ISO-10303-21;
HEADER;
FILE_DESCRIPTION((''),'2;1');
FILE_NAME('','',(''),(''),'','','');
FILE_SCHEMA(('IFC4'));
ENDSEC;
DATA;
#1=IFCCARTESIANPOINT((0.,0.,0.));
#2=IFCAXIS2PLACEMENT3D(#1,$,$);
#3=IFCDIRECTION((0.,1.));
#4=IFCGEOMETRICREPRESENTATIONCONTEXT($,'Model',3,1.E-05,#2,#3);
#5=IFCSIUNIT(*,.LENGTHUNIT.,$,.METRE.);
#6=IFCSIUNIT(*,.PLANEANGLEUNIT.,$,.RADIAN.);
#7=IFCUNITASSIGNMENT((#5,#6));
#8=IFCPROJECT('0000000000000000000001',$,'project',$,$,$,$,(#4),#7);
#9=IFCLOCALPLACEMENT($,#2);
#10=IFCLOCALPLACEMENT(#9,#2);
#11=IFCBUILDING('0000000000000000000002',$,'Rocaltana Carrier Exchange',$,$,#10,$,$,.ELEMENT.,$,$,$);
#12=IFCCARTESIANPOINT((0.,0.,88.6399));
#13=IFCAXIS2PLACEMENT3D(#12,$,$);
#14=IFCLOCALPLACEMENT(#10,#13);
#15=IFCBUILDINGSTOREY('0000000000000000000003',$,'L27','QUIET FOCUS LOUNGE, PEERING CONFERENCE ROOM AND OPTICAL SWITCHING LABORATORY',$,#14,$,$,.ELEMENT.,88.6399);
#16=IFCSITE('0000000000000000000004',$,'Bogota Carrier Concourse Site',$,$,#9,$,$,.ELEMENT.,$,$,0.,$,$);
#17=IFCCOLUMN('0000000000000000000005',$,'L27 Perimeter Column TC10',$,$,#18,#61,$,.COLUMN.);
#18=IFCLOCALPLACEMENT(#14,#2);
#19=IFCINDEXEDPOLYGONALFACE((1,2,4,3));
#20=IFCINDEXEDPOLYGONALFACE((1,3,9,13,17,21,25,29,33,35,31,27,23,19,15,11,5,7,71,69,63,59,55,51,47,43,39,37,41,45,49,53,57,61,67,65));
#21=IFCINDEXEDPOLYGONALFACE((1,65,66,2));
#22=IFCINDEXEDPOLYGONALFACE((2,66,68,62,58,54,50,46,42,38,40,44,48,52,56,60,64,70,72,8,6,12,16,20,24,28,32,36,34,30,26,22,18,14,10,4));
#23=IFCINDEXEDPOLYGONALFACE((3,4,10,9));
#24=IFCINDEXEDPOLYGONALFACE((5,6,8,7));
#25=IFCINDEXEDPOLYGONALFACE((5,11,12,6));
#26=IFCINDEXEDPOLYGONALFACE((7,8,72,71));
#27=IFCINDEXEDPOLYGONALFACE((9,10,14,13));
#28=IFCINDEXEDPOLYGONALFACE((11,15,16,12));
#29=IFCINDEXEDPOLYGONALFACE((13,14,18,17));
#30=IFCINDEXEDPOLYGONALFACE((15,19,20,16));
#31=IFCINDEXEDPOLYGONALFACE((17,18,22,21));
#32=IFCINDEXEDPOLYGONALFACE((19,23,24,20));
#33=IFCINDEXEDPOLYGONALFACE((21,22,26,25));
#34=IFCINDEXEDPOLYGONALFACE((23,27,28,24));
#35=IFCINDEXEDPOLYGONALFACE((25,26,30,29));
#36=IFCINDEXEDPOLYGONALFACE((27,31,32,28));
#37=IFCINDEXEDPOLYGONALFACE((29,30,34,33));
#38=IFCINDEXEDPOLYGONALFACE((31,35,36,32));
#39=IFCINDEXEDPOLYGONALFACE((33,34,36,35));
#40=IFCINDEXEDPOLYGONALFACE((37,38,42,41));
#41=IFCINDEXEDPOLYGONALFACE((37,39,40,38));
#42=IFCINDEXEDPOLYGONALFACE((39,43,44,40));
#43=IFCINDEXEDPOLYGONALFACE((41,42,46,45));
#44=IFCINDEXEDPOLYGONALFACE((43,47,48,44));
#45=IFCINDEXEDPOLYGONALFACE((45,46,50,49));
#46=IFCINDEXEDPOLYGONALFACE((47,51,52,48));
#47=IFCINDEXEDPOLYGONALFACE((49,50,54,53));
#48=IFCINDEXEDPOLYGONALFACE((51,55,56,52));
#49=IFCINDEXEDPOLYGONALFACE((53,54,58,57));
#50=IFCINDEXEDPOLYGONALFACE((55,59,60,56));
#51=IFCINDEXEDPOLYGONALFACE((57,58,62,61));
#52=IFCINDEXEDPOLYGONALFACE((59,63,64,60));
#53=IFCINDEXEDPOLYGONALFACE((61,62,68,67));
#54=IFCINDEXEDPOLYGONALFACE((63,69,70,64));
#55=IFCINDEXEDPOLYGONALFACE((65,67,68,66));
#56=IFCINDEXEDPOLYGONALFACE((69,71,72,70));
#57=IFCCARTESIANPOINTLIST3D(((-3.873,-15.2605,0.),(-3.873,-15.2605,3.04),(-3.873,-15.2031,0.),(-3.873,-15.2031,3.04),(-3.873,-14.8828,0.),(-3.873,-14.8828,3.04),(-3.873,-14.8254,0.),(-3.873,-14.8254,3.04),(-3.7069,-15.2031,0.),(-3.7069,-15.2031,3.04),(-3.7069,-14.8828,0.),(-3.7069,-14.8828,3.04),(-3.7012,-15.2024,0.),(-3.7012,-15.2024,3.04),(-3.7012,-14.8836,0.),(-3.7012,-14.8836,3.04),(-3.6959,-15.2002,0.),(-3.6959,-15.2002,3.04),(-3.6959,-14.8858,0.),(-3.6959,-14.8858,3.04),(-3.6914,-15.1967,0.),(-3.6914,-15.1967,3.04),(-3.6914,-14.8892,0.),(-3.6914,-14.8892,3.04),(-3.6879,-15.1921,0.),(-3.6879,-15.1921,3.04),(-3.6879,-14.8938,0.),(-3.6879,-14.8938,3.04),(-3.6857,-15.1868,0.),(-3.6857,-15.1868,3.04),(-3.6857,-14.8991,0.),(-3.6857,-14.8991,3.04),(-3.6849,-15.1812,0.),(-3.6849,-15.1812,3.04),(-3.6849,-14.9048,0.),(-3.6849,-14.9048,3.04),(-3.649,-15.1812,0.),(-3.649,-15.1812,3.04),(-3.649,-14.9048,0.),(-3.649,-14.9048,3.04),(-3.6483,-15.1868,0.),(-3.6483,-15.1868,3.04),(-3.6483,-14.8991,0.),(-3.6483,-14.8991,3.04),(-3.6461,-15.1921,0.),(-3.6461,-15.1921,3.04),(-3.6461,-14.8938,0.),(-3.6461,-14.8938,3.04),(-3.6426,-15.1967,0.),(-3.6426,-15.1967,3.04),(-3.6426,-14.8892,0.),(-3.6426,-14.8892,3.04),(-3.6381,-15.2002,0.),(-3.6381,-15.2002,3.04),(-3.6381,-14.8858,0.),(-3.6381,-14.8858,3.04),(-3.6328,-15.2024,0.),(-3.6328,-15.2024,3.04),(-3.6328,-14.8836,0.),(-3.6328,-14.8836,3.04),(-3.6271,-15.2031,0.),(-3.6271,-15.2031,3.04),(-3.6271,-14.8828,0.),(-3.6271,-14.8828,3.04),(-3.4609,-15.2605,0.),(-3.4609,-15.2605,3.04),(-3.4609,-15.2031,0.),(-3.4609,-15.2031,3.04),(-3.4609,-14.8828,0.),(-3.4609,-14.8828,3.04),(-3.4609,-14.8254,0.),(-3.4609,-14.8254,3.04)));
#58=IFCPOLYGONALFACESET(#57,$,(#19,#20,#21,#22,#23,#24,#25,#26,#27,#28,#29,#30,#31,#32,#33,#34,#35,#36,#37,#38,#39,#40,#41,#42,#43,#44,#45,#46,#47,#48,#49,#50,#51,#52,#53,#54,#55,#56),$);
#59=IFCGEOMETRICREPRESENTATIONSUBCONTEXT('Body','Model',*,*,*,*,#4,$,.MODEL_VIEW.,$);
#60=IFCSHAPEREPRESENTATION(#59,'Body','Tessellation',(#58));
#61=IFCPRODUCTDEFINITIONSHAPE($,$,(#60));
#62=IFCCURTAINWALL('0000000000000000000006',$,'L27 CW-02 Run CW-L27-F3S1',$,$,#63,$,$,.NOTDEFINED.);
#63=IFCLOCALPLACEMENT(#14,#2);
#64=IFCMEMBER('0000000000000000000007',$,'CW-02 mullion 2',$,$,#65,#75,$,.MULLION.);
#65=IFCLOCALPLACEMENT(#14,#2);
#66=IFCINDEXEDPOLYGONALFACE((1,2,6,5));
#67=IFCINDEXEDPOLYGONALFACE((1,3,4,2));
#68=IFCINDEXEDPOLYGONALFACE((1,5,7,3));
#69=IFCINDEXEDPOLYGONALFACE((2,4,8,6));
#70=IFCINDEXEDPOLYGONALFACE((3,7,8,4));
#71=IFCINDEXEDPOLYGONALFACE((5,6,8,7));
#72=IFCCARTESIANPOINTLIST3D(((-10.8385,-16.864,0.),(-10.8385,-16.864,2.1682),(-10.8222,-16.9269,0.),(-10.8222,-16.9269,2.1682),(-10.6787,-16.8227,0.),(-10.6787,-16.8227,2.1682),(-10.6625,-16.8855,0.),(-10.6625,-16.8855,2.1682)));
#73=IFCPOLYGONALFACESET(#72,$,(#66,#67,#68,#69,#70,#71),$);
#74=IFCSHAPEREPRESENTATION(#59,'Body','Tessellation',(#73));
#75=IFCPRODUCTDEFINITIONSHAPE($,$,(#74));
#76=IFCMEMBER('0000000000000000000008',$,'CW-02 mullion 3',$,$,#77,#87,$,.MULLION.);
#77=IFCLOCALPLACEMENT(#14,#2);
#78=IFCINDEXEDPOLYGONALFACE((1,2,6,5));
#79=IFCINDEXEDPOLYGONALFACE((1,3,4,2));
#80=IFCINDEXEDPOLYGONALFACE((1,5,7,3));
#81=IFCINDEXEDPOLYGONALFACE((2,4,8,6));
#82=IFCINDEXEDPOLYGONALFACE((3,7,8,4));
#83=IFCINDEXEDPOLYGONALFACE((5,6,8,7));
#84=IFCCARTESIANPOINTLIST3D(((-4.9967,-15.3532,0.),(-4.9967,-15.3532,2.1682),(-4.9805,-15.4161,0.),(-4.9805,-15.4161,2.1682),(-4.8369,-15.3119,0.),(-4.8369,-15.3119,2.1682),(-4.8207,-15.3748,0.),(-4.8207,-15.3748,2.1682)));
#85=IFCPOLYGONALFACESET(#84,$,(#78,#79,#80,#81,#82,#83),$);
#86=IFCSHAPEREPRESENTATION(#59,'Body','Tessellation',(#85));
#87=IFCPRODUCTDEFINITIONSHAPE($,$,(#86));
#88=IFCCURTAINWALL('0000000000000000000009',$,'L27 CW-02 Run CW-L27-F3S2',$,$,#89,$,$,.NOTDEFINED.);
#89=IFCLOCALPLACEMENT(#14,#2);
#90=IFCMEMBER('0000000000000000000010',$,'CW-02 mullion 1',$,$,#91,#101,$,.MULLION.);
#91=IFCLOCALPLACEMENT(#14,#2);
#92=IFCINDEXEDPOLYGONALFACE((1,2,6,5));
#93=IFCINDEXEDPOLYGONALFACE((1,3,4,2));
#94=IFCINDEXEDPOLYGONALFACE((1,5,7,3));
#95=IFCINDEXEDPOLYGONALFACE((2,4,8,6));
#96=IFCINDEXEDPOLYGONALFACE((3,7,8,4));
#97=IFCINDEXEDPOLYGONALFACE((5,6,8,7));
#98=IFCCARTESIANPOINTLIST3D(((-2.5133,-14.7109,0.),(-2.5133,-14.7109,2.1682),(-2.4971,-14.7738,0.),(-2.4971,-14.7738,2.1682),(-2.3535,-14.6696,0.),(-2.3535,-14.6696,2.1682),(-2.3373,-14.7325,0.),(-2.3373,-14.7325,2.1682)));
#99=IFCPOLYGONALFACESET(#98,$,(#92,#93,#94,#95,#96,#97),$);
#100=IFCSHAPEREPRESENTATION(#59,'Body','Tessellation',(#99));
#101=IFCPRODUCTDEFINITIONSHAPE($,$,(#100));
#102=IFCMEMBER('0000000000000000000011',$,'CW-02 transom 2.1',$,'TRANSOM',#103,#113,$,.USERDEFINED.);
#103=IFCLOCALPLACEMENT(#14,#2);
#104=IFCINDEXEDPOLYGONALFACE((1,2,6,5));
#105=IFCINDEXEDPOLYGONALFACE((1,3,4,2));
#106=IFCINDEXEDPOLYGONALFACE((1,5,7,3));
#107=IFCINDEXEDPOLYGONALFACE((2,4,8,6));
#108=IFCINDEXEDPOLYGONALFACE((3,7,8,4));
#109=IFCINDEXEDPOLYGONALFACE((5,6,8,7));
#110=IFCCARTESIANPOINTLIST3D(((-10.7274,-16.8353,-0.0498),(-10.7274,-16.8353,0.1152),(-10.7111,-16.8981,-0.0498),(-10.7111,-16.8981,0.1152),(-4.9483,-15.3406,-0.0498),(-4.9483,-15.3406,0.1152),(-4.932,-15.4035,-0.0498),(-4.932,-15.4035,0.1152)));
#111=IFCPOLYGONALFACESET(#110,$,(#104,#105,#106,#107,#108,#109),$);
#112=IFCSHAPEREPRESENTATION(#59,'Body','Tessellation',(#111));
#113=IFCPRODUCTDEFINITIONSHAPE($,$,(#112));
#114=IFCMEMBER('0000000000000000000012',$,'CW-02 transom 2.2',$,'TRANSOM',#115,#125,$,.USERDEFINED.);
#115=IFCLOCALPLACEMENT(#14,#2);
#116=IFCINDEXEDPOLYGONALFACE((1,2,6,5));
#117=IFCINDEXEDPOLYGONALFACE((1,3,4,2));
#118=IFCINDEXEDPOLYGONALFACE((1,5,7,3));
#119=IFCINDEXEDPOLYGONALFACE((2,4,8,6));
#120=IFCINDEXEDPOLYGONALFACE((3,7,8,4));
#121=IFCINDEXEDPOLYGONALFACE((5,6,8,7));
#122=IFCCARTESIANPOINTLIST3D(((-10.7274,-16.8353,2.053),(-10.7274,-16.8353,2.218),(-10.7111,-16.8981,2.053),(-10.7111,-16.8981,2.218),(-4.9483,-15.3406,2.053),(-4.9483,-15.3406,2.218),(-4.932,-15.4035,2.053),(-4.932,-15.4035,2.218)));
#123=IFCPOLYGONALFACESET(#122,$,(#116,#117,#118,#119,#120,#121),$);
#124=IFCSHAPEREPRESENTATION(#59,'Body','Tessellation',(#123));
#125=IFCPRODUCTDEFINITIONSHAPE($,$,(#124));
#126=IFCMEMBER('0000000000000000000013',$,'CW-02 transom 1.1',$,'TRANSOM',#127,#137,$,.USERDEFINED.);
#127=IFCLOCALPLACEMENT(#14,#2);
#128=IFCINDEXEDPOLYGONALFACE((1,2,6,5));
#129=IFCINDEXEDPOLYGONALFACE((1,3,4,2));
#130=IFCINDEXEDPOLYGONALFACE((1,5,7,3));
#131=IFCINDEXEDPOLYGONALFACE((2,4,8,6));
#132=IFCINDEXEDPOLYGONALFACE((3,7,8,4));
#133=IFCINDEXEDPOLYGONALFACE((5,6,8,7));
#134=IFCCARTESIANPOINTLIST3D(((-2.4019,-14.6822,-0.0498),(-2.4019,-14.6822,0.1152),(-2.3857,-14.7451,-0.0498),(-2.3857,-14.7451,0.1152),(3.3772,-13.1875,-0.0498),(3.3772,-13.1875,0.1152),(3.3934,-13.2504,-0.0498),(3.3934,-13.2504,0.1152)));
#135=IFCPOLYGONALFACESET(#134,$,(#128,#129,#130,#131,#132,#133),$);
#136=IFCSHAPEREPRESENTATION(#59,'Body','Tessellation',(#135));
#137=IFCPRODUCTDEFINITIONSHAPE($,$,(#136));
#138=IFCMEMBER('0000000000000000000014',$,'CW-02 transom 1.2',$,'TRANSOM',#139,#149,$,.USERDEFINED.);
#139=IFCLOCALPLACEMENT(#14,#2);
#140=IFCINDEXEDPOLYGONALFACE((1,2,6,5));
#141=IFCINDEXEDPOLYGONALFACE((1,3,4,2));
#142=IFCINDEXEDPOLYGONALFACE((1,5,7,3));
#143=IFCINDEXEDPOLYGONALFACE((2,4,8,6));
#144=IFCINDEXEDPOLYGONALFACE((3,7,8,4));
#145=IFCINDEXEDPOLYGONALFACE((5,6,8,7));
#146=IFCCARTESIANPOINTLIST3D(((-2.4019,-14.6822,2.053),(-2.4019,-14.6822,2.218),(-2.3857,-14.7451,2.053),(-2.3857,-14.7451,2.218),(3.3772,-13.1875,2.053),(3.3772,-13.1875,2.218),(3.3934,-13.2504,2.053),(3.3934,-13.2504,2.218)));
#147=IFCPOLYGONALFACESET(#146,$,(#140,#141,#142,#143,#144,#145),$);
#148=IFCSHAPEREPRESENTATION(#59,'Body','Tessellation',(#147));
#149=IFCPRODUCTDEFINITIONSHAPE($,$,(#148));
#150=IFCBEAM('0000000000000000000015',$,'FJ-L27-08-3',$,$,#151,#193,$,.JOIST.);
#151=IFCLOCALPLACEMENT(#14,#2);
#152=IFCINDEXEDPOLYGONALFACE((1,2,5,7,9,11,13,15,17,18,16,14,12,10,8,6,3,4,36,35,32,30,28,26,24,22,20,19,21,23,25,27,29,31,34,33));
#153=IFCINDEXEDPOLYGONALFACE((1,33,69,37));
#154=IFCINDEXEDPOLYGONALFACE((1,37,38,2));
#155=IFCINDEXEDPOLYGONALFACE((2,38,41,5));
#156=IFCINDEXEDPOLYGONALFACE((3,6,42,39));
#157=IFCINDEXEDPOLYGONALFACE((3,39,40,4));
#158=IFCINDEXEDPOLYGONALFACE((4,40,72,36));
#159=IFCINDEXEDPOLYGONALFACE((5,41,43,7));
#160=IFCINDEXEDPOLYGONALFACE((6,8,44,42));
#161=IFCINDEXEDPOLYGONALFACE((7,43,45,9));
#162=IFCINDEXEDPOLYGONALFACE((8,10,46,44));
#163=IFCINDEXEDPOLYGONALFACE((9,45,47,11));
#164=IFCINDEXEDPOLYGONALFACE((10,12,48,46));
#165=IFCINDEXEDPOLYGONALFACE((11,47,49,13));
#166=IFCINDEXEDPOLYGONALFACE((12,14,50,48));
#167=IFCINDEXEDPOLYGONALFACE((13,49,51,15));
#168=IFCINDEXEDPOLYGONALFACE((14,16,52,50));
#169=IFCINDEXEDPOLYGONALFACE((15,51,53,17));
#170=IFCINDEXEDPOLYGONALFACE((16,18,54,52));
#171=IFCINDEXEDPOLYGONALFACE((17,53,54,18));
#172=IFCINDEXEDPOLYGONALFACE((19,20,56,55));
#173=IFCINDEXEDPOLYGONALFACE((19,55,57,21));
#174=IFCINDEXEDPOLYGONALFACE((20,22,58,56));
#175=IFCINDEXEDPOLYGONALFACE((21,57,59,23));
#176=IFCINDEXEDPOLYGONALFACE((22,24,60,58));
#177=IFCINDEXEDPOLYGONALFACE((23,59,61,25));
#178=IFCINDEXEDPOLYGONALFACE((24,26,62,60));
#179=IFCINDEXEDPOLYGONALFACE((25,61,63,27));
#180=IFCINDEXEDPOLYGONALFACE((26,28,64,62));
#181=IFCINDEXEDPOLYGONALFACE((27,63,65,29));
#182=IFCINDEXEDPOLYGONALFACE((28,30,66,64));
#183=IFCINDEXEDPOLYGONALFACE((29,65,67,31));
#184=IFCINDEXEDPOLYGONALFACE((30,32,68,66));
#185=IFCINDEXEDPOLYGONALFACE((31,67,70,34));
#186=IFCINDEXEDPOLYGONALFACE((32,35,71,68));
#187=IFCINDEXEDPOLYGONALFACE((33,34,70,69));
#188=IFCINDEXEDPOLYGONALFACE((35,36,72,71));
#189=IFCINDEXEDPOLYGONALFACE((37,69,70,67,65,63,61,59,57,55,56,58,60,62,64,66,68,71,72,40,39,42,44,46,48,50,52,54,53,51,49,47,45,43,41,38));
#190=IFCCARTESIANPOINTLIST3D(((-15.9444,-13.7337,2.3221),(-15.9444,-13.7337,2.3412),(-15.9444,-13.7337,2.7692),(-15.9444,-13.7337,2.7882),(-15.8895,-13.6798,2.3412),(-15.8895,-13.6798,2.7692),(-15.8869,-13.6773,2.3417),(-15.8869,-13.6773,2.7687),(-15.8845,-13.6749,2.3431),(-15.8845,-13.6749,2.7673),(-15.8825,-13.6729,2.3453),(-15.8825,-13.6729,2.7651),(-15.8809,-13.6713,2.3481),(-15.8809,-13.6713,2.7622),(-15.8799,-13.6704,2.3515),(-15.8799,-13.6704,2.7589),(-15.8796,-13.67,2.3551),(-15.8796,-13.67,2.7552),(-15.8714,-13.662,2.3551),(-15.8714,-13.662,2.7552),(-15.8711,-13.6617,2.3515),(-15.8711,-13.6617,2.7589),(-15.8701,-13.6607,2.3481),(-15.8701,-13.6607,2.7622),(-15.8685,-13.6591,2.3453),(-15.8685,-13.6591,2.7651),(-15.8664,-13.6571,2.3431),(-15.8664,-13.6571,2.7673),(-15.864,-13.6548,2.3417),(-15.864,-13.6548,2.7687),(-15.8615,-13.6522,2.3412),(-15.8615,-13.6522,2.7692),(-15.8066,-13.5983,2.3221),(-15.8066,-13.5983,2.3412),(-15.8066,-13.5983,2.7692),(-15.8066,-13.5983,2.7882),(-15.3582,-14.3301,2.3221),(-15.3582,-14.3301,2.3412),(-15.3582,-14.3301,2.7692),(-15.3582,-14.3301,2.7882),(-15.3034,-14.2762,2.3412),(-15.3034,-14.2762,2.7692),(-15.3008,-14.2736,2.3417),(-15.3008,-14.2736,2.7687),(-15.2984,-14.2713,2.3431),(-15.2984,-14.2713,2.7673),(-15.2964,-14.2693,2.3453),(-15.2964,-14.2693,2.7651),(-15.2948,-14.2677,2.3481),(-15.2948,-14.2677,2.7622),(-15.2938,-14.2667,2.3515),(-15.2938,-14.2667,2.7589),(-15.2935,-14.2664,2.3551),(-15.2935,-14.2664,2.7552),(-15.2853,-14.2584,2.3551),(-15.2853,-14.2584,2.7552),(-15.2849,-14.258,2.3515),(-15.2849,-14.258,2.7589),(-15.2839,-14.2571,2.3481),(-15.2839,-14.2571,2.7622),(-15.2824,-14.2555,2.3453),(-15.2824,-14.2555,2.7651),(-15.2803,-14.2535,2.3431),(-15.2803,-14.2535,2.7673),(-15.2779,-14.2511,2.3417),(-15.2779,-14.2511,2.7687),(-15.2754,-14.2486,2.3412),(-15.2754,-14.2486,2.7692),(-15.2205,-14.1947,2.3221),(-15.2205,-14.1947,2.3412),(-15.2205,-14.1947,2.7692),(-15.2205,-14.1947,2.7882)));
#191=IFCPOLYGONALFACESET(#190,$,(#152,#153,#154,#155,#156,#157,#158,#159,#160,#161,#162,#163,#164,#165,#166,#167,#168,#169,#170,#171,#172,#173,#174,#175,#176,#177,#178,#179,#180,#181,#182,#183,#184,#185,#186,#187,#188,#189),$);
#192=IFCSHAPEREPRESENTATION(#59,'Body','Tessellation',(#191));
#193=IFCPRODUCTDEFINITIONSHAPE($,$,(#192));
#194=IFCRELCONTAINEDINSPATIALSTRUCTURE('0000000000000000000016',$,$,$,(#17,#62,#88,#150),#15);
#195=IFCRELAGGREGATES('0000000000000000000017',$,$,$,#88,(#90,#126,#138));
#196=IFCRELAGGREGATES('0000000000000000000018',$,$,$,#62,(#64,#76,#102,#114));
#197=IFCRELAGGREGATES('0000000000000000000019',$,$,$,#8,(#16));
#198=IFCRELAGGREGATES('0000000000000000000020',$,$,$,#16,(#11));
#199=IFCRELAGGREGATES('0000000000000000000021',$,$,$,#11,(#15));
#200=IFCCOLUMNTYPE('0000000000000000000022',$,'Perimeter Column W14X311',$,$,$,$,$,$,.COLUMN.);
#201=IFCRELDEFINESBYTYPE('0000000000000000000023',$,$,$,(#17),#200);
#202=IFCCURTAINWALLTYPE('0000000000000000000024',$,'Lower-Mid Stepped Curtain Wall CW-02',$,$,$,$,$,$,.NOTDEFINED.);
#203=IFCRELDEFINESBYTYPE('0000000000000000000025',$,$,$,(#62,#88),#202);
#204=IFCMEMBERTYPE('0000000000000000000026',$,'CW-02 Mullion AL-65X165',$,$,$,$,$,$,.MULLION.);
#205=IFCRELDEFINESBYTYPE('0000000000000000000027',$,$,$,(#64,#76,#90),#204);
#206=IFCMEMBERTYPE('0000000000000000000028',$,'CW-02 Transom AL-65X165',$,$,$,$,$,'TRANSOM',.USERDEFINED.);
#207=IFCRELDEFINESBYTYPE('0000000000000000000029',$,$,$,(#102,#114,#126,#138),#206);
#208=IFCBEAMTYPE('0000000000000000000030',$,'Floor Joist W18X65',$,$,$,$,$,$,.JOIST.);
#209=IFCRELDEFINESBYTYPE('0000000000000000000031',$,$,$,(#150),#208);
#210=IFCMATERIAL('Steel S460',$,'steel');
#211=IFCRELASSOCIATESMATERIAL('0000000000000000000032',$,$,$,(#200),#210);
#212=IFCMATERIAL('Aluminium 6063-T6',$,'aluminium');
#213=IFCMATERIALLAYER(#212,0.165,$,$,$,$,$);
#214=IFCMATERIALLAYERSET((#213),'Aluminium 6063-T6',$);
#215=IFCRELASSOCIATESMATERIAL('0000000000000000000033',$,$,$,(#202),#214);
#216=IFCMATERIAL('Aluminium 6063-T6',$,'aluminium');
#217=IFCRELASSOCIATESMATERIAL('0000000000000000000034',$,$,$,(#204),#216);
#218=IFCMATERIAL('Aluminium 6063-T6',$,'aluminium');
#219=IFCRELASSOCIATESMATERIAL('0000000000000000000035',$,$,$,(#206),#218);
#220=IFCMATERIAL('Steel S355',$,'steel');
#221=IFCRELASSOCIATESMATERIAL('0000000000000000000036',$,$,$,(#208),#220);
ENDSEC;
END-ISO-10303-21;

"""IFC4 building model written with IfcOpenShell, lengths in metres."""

from ifc_helpers import new_model, si_unit, direction, frame, origin, origin_2d, place, context, subcontext, project, spatial, rectangle, i_section, extrude, material, layer, layer_set, material_profile, profile_set, type_object, element, aggregate, save


model = new_model("IFC4")

# Units and contexts
model_context = context("Model", 3, precision=1e-05, world=origin(), true_north=direction((0.0, 1.0)))
body_context = subcontext(model_context, "Body", "Model", "MODEL_VIEW")
ifc_project = project(units=[si_unit("LENGTHUNIT", "METRE"), si_unit("PLANEANGLEUNIT", "RADIAN")], contexts=[model_context])

# Site, building, storey
site_placement = place(None, origin())
site = spatial("IfcSite", under=ifc_project, at=site_placement, Name="Bogota Carrier Concourse Site", CompositionType="ELEMENT", RefElevation=0.0)
building_placement = place(site_placement, origin())
building = spatial("IfcBuilding", under=site, at=building_placement, Name="Rocaltana Carrier Exchange", CompositionType="ELEMENT")
storey_placement = place(building_placement, frame((0.0, 0.0, 88.6399)))
storey = spatial("IfcBuildingStorey", under=building, at=storey_placement, Name="L27", Description="QUIET FOCUS LOUNGE, PEERING CONFERENCE ROOM AND OPTICAL SWITCHING LABORATORY", CompositionType="ELEMENT", Elevation=88.6399)

# Column
ifc_material_1 = material(Name="Steel S460", Category="steel")
ifc_material_profile_1 = material_profile(ifc_material_1, i_section(OverallWidth=0.4121, OverallDepth=0.4351, WebThickness=0.0359, FlangeThickness=0.0574, FilletRadius=0.022, at=origin_2d()), Name="W14X311")
ifc_profile_set_1 = profile_set([ifc_material_profile_1], Name="Steel S460")
column_type = type_object("IfcColumnType", Name="Perimeter Column W14X311", PredefinedType="COLUMN", material=ifc_profile_set_1)
column_placement = place(storey_placement, frame((-3.667, -15.043, 0.0), z_axis=(0.0, 0.0, 1.0), x_axis=(1.0, 0.0, 0.0)))
element("IfcColumn", 1, at=column_placement, inside=storey, type_object=column_type, Name="L27 Perimeter Column TC10", PredefinedType="COLUMN", context=body_context, shape_type="SweptSolid", body=[
    extrude(i_section(OverallWidth=0.4121, OverallDepth=0.4351, WebThickness=0.0359, FlangeThickness=0.0574, FilletRadius=0.022, at=origin_2d()), origin(), (0.0, 0.0, 1.0), 3.04),
])

# Curtain wall, members
ifc_material_2 = material(Name="Aluminium 6063-T6", Category="aluminium")
ifc_layer_1 = layer(ifc_material_2, 0.165)
ifc_layer_set_1 = layer_set([ifc_layer_1], Name="Aluminium 6063-T6")
curtain_wall_type = type_object("IfcCurtainWallType", Name="Lower-Mid Stepped Curtain Wall CW-02", PredefinedType="NOTDEFINED", material=ifc_layer_set_1)
curtain_wall_1_placement = place(storey_placement, origin())
curtain_wall_1 = element("IfcCurtainWall", 2, at=curtain_wall_1_placement, inside=storey, type_object=curtain_wall_type, Name="L27 CW-02 Run CW-L27-F3S1", PredefinedType="NOTDEFINED")
ifc_material_3 = material(Name="Aluminium 6063-T6", Category="aluminium")
ifc_material_profile_2 = material_profile(ifc_material_3, rectangle(XDim=0.0649, YDim=0.165, at=origin_2d()), Name="AL-65X165")
ifc_profile_set_2 = profile_set([ifc_material_profile_2], Name="Aluminium 6063-T6")
member_type_1 = type_object("IfcMemberType", Name="CW-02 Mullion AL-65X165", PredefinedType="MULLION", material=ifc_profile_set_2)
member_1_placement = place(storey_placement, frame((-10.7505, -16.8748, 0.0), z_axis=(0.0, 0.0, 1.0), x_axis=(-0.250378, 0.968148, 0.0)))
member_1 = element("IfcMember", 3, at=member_1_placement, type_object=member_type_1, Name="CW-02 mullion 2", PredefinedType="MULLION", context=body_context, shape_type="SweptSolid", body=[
    extrude(rectangle(XDim=0.0649, YDim=0.165, at=origin_2d()), origin(), (0.0, 0.0, 1.0), 2.1682),
])
member_2_placement = place(storey_placement, frame((-4.9087, -15.364, 0.0), z_axis=(0.0, 0.0, 1.0), x_axis=(-0.250378, 0.968148, 0.0)))
member_2 = element("IfcMember", 4, at=member_2_placement, type_object=member_type_1, Name="CW-02 mullion 3", PredefinedType="MULLION", context=body_context, shape_type="SweptSolid", body=[
    extrude(rectangle(XDim=0.0649, YDim=0.165, at=origin_2d()), origin(), (0.0, 0.0, 1.0), 2.1682),
])

# Curtain wall, member
curtain_wall_2_placement = place(storey_placement, origin())
curtain_wall_2 = element("IfcCurtainWall", 5, at=curtain_wall_2_placement, inside=storey, type_object=curtain_wall_type, Name="L27 CW-02 Run CW-L27-F3S2", PredefinedType="NOTDEFINED")
member_3_placement = place(storey_placement, frame((-2.4253, -14.7217, 0.0), z_axis=(0.0, 0.0, 1.0), x_axis=(-0.250378, 0.968148, 0.0)))
member_3 = element("IfcMember", 6, at=member_3_placement, type_object=member_type_1, Name="CW-02 mullion 1", PredefinedType="MULLION", context=body_context, shape_type="SweptSolid", body=[
    extrude(rectangle(XDim=0.0649, YDim=0.165, at=origin_2d()), origin(), (0.0, 0.0, 1.0), 2.1682),
])

# Members
ifc_material_4 = material(Name="Aluminium 6063-T6", Category="aluminium")
ifc_material_profile_3 = material_profile(ifc_material_4, rectangle(XDim=0.0649, YDim=0.165, at=origin_2d()), Name="AL-65X165")
ifc_profile_set_3 = profile_set([ifc_material_profile_3], Name="Aluminium 6063-T6")
member_type_2 = type_object("IfcMemberType", Name="CW-02 Transom AL-65X165", ElementType="TRANSOM", PredefinedType="USERDEFINED", material=ifc_profile_set_3)
member_4_placement = place(storey_placement, frame((-10.7192, -16.8667, 0.0327), z_axis=(0.968145, 0.25039, 0.0), x_axis=(-0.25039, 0.968145, 0.0)))
member_4 = element("IfcMember", 7, at=member_4_placement, type_object=member_type_2, Name="CW-02 transom 2.1", ObjectType="TRANSOM", PredefinedType="USERDEFINED", context=body_context, shape_type="SweptSolid", body=[
    extrude(rectangle(XDim=0.0649, YDim=0.165, at=origin_2d()), origin(), (0.0, 0.0, 1.0), 5.9692),
])
member_5_placement = place(storey_placement, frame((-10.7192, -16.8667, 2.1355), z_axis=(0.968145, 0.25039, 0.0), x_axis=(-0.25039, 0.968145, 0.0)))
member_5 = element("IfcMember", 8, at=member_5_placement, type_object=member_type_2, Name="CW-02 transom 2.2", ObjectType="TRANSOM", PredefinedType="USERDEFINED", context=body_context, shape_type="SweptSolid", body=[
    extrude(rectangle(XDim=0.0649, YDim=0.165, at=origin_2d()), origin(), (0.0, 0.0, 1.0), 5.9692),
])
member_6_placement = place(storey_placement, frame((-2.3938, -14.7136, 0.0327), z_axis=(0.968145, 0.25039, 0.0), x_axis=(-0.25039, 0.968145, 0.0)))
member_6 = element("IfcMember", 9, at=member_6_placement, type_object=member_type_2, Name="CW-02 transom 1.1", ObjectType="TRANSOM", PredefinedType="USERDEFINED", context=body_context, shape_type="SweptSolid", body=[
    extrude(rectangle(XDim=0.0649, YDim=0.165, at=origin_2d()), origin(), (0.0, 0.0, 1.0), 5.9692),
])
member_7_placement = place(storey_placement, frame((-2.3938, -14.7136, 2.1355), z_axis=(0.968145, 0.25039, 0.0), x_axis=(-0.25039, 0.968145, 0.0)))
member_7 = element("IfcMember", 10, at=member_7_placement, type_object=member_type_2, Name="CW-02 transom 1.2", ObjectType="TRANSOM", PredefinedType="USERDEFINED", context=body_context, shape_type="SweptSolid", body=[
    extrude(rectangle(XDim=0.0649, YDim=0.165, at=origin_2d()), origin(), (0.0, 0.0, 1.0), 5.9692),
])
aggregate(curtain_wall_2, [member_3, member_6, member_7])

# Beam
ifc_material_5 = material(Name="Steel S355", Category="steel")
ifc_material_profile_4 = material_profile(ifc_material_5, i_section(OverallWidth=0.1931, OverallDepth=0.4661, WebThickness=0.0115, FlangeThickness=0.019, FilletRadius=0.0139, at=origin_2d()), Name="W18X65")
ifc_profile_set_4 = profile_set([ifc_material_profile_4], Name="Steel S355")
beam_type_1 = type_object("IfcBeamType", Name="Floor Joist W18X65", PredefinedType="JOIST", material=ifc_profile_set_4)
beam_1_placement = place(storey_placement, frame((-15.8755, -13.666, 2.5552), z_axis=(0.700949, -0.713211, 0.0), x_axis=(0.713211, 0.700949, 0.0)))
element("IfcBeam", 11, at=beam_1_placement, inside=storey, type_object=beam_type_1, Name="FJ-L27-08-3", PredefinedType="JOIST", context=body_context, shape_type="SweptSolid", body=[
    extrude(i_section(OverallWidth=0.1931, OverallDepth=0.4661, WebThickness=0.0115, FlangeThickness=0.019, FilletRadius=0.0139, at=origin_2d()), origin(), (0.0, 0.0, 1.0), 0.8362),
])

aggregate(curtain_wall_1, [member_1, member_2, member_4, member_5])

save(model, "model.ifc")
